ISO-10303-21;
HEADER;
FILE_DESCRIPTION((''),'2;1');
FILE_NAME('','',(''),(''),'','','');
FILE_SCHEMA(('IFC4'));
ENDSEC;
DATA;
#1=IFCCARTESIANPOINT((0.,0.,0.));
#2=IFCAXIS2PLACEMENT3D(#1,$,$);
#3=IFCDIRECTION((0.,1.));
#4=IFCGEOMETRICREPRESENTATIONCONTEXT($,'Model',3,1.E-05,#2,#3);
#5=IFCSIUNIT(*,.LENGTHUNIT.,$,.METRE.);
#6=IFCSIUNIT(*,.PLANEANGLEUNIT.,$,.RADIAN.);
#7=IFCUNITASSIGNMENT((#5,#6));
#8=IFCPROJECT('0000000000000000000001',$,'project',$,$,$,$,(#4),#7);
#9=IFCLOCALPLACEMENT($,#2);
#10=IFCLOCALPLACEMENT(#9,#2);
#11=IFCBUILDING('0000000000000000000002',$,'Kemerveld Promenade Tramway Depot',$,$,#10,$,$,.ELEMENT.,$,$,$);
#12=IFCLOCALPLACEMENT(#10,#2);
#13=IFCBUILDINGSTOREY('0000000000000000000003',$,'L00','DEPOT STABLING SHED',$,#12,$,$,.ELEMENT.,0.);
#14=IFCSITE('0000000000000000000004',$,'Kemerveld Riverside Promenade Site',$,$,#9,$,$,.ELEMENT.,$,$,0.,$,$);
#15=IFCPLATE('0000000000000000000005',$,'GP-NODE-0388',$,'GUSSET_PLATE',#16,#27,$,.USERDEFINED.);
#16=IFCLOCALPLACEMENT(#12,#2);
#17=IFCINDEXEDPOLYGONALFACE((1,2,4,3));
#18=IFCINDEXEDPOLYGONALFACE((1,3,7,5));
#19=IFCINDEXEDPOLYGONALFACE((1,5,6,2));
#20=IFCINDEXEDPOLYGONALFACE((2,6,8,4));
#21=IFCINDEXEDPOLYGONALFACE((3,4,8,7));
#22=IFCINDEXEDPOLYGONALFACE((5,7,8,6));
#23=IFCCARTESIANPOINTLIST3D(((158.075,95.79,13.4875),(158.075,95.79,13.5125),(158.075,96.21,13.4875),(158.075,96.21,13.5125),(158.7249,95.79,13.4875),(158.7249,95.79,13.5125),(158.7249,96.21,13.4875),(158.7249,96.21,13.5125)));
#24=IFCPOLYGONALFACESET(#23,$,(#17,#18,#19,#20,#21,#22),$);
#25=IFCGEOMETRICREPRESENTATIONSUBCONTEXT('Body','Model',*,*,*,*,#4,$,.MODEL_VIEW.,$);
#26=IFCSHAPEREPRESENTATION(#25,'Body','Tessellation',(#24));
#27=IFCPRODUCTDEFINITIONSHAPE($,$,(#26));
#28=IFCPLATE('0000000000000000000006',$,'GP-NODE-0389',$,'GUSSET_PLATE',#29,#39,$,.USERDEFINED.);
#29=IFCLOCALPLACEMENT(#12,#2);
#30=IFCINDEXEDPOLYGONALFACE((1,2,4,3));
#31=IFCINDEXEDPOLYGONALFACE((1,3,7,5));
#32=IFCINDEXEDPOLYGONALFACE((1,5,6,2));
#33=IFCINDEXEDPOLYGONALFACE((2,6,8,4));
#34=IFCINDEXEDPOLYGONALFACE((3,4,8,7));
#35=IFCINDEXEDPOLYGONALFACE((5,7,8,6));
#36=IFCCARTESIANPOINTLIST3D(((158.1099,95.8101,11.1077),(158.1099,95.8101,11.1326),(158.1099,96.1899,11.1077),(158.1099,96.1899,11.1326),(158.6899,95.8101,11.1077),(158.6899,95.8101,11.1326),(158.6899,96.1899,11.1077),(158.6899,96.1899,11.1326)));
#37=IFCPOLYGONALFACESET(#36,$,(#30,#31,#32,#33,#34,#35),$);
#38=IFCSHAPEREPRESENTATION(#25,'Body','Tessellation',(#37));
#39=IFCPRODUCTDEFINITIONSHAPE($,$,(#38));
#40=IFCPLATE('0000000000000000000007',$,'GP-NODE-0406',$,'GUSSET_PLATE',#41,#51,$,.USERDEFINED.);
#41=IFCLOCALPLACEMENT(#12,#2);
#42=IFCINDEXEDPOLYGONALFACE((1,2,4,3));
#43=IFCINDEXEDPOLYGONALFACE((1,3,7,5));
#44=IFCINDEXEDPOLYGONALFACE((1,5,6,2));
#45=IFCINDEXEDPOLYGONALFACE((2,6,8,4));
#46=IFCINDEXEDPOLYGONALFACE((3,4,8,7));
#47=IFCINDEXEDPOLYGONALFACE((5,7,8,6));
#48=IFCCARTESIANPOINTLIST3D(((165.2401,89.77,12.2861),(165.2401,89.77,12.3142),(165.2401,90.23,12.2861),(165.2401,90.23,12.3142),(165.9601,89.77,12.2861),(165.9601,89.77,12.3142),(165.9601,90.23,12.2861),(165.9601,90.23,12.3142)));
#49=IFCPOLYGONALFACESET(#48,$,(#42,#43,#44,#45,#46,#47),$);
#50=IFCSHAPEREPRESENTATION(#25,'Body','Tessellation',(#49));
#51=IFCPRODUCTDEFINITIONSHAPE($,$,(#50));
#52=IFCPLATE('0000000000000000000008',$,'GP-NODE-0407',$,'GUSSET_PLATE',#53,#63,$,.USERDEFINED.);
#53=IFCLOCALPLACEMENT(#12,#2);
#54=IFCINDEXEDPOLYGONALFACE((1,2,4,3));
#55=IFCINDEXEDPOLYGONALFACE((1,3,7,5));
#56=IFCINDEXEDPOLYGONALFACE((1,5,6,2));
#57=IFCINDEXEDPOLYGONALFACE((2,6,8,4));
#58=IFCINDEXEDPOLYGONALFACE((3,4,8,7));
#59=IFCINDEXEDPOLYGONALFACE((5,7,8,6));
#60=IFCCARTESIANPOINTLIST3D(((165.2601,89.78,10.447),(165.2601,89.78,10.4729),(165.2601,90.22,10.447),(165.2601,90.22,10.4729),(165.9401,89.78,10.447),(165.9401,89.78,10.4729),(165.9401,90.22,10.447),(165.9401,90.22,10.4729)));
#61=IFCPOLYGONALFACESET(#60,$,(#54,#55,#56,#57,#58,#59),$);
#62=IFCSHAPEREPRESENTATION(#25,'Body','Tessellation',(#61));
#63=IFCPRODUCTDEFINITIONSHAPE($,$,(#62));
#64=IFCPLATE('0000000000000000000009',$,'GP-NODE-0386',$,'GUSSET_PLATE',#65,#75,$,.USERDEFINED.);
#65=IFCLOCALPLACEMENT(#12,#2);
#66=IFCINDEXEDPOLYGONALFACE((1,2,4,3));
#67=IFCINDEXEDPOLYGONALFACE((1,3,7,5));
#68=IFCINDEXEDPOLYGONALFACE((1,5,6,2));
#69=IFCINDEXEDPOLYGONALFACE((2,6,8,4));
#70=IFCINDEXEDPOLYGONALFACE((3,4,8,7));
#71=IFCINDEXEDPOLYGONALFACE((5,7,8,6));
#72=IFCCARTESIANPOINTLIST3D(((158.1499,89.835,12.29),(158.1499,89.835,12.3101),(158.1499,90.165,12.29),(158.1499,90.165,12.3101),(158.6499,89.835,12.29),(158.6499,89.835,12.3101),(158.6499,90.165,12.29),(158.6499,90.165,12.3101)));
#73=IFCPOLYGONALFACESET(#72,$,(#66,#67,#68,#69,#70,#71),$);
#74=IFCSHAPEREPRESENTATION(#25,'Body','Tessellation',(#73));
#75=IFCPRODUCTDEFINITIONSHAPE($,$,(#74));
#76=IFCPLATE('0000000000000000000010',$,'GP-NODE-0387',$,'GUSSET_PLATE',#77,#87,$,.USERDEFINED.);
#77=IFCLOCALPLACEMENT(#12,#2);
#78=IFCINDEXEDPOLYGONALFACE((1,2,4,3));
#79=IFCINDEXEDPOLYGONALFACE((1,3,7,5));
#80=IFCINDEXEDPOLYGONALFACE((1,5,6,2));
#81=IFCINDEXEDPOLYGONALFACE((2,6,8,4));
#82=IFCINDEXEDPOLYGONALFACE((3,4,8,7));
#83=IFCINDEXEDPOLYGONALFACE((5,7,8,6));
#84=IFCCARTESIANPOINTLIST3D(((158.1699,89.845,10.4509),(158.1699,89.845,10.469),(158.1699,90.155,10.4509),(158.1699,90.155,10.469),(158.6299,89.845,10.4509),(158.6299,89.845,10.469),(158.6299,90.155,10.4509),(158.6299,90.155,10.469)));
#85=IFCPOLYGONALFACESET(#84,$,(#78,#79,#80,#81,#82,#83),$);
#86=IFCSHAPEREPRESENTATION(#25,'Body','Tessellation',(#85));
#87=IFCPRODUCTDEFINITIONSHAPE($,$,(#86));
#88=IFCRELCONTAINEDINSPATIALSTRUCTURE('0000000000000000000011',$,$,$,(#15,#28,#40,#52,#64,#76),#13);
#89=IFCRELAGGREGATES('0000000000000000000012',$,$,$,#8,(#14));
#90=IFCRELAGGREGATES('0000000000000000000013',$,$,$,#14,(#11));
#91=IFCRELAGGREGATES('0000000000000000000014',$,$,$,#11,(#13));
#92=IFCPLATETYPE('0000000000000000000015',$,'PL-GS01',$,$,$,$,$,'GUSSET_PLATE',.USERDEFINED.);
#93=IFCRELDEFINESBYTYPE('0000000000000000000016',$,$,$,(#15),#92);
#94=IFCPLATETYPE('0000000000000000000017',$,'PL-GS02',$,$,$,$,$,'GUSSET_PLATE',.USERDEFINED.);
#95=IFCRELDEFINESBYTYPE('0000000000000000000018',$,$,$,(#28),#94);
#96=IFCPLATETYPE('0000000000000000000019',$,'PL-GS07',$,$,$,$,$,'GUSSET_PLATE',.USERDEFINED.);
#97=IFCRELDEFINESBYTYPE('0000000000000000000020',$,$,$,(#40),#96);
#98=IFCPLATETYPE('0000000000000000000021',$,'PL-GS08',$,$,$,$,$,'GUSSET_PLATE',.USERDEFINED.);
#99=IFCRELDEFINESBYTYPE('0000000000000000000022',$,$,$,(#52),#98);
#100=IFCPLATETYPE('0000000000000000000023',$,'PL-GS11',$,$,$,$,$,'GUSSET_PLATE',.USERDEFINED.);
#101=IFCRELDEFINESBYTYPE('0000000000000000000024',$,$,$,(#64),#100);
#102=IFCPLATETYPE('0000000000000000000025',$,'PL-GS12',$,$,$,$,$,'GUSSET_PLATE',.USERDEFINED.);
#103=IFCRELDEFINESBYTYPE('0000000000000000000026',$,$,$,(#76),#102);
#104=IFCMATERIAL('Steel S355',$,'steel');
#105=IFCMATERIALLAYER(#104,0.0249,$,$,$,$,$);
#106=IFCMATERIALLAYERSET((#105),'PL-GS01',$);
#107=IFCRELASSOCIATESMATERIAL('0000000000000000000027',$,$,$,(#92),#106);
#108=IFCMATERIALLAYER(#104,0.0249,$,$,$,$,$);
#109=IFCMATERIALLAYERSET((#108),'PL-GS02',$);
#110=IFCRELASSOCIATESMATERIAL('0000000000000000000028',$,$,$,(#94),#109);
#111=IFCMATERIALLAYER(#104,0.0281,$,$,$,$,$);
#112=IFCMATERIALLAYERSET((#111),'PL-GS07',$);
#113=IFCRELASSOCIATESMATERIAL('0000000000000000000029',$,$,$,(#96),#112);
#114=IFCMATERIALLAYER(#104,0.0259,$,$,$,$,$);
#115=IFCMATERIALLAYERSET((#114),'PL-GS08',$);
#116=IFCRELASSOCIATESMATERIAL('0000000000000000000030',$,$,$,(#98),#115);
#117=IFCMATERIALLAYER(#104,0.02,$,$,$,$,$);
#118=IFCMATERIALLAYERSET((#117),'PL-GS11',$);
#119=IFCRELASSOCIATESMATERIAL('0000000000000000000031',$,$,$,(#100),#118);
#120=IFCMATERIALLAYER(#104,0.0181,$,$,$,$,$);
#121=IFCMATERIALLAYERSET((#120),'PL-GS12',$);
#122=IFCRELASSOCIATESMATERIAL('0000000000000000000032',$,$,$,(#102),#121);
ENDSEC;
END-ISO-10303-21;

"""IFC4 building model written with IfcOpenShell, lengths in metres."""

from ifc_helpers import new_model, si_unit, direction, frame, origin, origin_2d, place, context, subcontext, project, spatial, rectangle, extrude, material, layer, layer_set, type_object, element, save


model = new_model("IFC4")

# Units and contexts
model_context = context("Model", 3, precision=1e-05, world=origin(), true_north=direction((0.0, 1.0)))
body_context = subcontext(model_context, "Body", "Model", "MODEL_VIEW")
ifc_project = project(units=[si_unit("LENGTHUNIT", "METRE"), si_unit("PLANEANGLEUNIT", "RADIAN")], contexts=[model_context])

# Site, building, storey
site_placement = place(None, origin())
site = spatial("IfcSite", under=ifc_project, at=site_placement, Name="Kemerveld Riverside Promenade Site", CompositionType="ELEMENT", RefElevation=0.0)
building_placement = place(site_placement, origin())
building = spatial("IfcBuilding", under=site, at=building_placement, Name="Kemerveld Promenade Tramway Depot", CompositionType="ELEMENT")
storey_placement = place(building_placement, origin())
storey = spatial("IfcBuildingStorey", under=building, at=storey_placement, Name="L00", Description="DEPOT STABLING SHED", CompositionType="ELEMENT", Elevation=0.0)

# Shared definitions
ifc_material_1 = material(Name="Steel S355", Category="steel")

# Plates
ifc_layer_1 = layer(ifc_material_1, 0.0249)
ifc_layer_set_1 = layer_set([ifc_layer_1], Name="PL-GS01")
plate_type_1 = type_object("IfcPlateType", Name="PL-GS01", ElementType="GUSSET_PLATE", PredefinedType="USERDEFINED", material=ifc_layer_set_1)
plate_1_placement = place(storey_placement, frame((158.3999, 96.0, 13.4875), z_axis=(0.0, 0.0, 1.0), x_axis=(1.0, 0.0, 0.0)))
element("IfcPlate", 1, at=plate_1_placement, inside=storey, type_object=plate_type_1, Name="GP-NODE-0388", ObjectType="GUSSET_PLATE", PredefinedType="USERDEFINED", context=body_context, shape_type="SweptSolid", body=[
    extrude(rectangle(XDim=0.6499, YDim=0.4199, at=origin_2d()), origin(), (0.0, 0.0, 1.0), 0.0249),
])
ifc_layer_2 = layer(ifc_material_1, 0.0249)
ifc_layer_set_2 = layer_set([ifc_layer_2], Name="PL-GS02")
plate_type_2 = type_object("IfcPlateType", Name="PL-GS02", ElementType="GUSSET_PLATE", PredefinedType="USERDEFINED", material=ifc_layer_set_2)
plate_2_placement = place(storey_placement, frame((158.3999, 96.0, 11.1077), z_axis=(0.0, 0.0, 1.0), x_axis=(1.0, 0.0, 0.0)))
element("IfcPlate", 2, at=plate_2_placement, inside=storey, type_object=plate_type_2, Name="GP-NODE-0389", ObjectType="GUSSET_PLATE", PredefinedType="USERDEFINED", context=body_context, shape_type="SweptSolid", body=[
    extrude(rectangle(XDim=0.5801, YDim=0.3799, at=origin_2d()), origin(), (0.0, 0.0, 1.0), 0.0249),
])
ifc_layer_3 = layer(ifc_material_1, 0.0281)
ifc_layer_set_3 = layer_set([ifc_layer_3], Name="PL-GS07")
plate_type_3 = type_object("IfcPlateType", Name="PL-GS07", ElementType="GUSSET_PLATE", PredefinedType="USERDEFINED", material=ifc_layer_set_3)
plate_3_placement = place(storey_placement, frame((165.6001, 90.0, 12.2861), z_axis=(0.0, 0.0, 1.0), x_axis=(1.0, 0.0, 0.0)))
element("IfcPlate", 3, at=plate_3_placement, inside=storey, type_object=plate_type_3, Name="GP-NODE-0406", ObjectType="GUSSET_PLATE", PredefinedType="USERDEFINED", context=body_context, shape_type="SweptSolid", body=[
    extrude(rectangle(XDim=0.72, YDim=0.46, at=origin_2d()), origin(), (0.0, 0.0, 1.0), 0.0281),
])
ifc_layer_4 = layer(ifc_material_1, 0.0259)
ifc_layer_set_4 = layer_set([ifc_layer_4], Name="PL-GS08")
plate_type_4 = type_object("IfcPlateType", Name="PL-GS08", ElementType="GUSSET_PLATE", PredefinedType="USERDEFINED", material=ifc_layer_set_4)
plate_4_placement = place(storey_placement, frame((165.6001, 90.0, 10.447), z_axis=(0.0, 0.0, 1.0), x_axis=(1.0, 0.0, 0.0)))
element("IfcPlate", 4, at=plate_4_placement, inside=storey, type_object=plate_type_4, Name="GP-NODE-0407", ObjectType="GUSSET_PLATE", PredefinedType="USERDEFINED", context=body_context, shape_type="SweptSolid", body=[
    extrude(rectangle(XDim=0.6799, YDim=0.4399, at=origin_2d()), origin(), (0.0, 0.0, 1.0), 0.0259),
])
ifc_layer_5 = layer(ifc_material_1, 0.02)
ifc_layer_set_5 = layer_set([ifc_layer_5], Name="PL-GS11")
plate_type_5 = type_object("IfcPlateType", Name="PL-GS11", ElementType="GUSSET_PLATE", PredefinedType="USERDEFINED", material=ifc_layer_set_5)
plate_5_placement = place(storey_placement, frame((158.3999, 90.0, 12.29), z_axis=(0.0, 0.0, 1.0), x_axis=(1.0, 0.0, 0.0)))
element("IfcPlate", 5, at=plate_5_placement, inside=storey, type_object=plate_type_5, Name="GP-NODE-0386", ObjectType="GUSSET_PLATE", PredefinedType="USERDEFINED", context=body_context, shape_type="SweptSolid", body=[
    extrude(rectangle(XDim=0.5, YDim=0.3301, at=origin_2d()), origin(), (0.0, 0.0, 1.0), 0.02),
])
ifc_layer_6 = layer(ifc_material_1, 0.0181)
ifc_layer_set_6 = layer_set([ifc_layer_6], Name="PL-GS12")
plate_type_6 = type_object("IfcPlateType", Name="PL-GS12", ElementType="GUSSET_PLATE", PredefinedType="USERDEFINED", material=ifc_layer_set_6)
plate_6_placement = place(storey_placement, frame((158.3999, 90.0, 10.4509), z_axis=(0.0, 0.0, 1.0), x_axis=(1.0, 0.0, 0.0)))
element("IfcPlate", 6, at=plate_6_placement, inside=storey, type_object=plate_type_6, Name="GP-NODE-0387", ObjectType="GUSSET_PLATE", PredefinedType="USERDEFINED", context=body_context, shape_type="SweptSolid", body=[
    extrude(rectangle(XDim=0.46, YDim=0.3101, at=origin_2d()), origin(), (0.0, 0.0, 1.0), 0.0181),
])

save(model, "model.ifc")
